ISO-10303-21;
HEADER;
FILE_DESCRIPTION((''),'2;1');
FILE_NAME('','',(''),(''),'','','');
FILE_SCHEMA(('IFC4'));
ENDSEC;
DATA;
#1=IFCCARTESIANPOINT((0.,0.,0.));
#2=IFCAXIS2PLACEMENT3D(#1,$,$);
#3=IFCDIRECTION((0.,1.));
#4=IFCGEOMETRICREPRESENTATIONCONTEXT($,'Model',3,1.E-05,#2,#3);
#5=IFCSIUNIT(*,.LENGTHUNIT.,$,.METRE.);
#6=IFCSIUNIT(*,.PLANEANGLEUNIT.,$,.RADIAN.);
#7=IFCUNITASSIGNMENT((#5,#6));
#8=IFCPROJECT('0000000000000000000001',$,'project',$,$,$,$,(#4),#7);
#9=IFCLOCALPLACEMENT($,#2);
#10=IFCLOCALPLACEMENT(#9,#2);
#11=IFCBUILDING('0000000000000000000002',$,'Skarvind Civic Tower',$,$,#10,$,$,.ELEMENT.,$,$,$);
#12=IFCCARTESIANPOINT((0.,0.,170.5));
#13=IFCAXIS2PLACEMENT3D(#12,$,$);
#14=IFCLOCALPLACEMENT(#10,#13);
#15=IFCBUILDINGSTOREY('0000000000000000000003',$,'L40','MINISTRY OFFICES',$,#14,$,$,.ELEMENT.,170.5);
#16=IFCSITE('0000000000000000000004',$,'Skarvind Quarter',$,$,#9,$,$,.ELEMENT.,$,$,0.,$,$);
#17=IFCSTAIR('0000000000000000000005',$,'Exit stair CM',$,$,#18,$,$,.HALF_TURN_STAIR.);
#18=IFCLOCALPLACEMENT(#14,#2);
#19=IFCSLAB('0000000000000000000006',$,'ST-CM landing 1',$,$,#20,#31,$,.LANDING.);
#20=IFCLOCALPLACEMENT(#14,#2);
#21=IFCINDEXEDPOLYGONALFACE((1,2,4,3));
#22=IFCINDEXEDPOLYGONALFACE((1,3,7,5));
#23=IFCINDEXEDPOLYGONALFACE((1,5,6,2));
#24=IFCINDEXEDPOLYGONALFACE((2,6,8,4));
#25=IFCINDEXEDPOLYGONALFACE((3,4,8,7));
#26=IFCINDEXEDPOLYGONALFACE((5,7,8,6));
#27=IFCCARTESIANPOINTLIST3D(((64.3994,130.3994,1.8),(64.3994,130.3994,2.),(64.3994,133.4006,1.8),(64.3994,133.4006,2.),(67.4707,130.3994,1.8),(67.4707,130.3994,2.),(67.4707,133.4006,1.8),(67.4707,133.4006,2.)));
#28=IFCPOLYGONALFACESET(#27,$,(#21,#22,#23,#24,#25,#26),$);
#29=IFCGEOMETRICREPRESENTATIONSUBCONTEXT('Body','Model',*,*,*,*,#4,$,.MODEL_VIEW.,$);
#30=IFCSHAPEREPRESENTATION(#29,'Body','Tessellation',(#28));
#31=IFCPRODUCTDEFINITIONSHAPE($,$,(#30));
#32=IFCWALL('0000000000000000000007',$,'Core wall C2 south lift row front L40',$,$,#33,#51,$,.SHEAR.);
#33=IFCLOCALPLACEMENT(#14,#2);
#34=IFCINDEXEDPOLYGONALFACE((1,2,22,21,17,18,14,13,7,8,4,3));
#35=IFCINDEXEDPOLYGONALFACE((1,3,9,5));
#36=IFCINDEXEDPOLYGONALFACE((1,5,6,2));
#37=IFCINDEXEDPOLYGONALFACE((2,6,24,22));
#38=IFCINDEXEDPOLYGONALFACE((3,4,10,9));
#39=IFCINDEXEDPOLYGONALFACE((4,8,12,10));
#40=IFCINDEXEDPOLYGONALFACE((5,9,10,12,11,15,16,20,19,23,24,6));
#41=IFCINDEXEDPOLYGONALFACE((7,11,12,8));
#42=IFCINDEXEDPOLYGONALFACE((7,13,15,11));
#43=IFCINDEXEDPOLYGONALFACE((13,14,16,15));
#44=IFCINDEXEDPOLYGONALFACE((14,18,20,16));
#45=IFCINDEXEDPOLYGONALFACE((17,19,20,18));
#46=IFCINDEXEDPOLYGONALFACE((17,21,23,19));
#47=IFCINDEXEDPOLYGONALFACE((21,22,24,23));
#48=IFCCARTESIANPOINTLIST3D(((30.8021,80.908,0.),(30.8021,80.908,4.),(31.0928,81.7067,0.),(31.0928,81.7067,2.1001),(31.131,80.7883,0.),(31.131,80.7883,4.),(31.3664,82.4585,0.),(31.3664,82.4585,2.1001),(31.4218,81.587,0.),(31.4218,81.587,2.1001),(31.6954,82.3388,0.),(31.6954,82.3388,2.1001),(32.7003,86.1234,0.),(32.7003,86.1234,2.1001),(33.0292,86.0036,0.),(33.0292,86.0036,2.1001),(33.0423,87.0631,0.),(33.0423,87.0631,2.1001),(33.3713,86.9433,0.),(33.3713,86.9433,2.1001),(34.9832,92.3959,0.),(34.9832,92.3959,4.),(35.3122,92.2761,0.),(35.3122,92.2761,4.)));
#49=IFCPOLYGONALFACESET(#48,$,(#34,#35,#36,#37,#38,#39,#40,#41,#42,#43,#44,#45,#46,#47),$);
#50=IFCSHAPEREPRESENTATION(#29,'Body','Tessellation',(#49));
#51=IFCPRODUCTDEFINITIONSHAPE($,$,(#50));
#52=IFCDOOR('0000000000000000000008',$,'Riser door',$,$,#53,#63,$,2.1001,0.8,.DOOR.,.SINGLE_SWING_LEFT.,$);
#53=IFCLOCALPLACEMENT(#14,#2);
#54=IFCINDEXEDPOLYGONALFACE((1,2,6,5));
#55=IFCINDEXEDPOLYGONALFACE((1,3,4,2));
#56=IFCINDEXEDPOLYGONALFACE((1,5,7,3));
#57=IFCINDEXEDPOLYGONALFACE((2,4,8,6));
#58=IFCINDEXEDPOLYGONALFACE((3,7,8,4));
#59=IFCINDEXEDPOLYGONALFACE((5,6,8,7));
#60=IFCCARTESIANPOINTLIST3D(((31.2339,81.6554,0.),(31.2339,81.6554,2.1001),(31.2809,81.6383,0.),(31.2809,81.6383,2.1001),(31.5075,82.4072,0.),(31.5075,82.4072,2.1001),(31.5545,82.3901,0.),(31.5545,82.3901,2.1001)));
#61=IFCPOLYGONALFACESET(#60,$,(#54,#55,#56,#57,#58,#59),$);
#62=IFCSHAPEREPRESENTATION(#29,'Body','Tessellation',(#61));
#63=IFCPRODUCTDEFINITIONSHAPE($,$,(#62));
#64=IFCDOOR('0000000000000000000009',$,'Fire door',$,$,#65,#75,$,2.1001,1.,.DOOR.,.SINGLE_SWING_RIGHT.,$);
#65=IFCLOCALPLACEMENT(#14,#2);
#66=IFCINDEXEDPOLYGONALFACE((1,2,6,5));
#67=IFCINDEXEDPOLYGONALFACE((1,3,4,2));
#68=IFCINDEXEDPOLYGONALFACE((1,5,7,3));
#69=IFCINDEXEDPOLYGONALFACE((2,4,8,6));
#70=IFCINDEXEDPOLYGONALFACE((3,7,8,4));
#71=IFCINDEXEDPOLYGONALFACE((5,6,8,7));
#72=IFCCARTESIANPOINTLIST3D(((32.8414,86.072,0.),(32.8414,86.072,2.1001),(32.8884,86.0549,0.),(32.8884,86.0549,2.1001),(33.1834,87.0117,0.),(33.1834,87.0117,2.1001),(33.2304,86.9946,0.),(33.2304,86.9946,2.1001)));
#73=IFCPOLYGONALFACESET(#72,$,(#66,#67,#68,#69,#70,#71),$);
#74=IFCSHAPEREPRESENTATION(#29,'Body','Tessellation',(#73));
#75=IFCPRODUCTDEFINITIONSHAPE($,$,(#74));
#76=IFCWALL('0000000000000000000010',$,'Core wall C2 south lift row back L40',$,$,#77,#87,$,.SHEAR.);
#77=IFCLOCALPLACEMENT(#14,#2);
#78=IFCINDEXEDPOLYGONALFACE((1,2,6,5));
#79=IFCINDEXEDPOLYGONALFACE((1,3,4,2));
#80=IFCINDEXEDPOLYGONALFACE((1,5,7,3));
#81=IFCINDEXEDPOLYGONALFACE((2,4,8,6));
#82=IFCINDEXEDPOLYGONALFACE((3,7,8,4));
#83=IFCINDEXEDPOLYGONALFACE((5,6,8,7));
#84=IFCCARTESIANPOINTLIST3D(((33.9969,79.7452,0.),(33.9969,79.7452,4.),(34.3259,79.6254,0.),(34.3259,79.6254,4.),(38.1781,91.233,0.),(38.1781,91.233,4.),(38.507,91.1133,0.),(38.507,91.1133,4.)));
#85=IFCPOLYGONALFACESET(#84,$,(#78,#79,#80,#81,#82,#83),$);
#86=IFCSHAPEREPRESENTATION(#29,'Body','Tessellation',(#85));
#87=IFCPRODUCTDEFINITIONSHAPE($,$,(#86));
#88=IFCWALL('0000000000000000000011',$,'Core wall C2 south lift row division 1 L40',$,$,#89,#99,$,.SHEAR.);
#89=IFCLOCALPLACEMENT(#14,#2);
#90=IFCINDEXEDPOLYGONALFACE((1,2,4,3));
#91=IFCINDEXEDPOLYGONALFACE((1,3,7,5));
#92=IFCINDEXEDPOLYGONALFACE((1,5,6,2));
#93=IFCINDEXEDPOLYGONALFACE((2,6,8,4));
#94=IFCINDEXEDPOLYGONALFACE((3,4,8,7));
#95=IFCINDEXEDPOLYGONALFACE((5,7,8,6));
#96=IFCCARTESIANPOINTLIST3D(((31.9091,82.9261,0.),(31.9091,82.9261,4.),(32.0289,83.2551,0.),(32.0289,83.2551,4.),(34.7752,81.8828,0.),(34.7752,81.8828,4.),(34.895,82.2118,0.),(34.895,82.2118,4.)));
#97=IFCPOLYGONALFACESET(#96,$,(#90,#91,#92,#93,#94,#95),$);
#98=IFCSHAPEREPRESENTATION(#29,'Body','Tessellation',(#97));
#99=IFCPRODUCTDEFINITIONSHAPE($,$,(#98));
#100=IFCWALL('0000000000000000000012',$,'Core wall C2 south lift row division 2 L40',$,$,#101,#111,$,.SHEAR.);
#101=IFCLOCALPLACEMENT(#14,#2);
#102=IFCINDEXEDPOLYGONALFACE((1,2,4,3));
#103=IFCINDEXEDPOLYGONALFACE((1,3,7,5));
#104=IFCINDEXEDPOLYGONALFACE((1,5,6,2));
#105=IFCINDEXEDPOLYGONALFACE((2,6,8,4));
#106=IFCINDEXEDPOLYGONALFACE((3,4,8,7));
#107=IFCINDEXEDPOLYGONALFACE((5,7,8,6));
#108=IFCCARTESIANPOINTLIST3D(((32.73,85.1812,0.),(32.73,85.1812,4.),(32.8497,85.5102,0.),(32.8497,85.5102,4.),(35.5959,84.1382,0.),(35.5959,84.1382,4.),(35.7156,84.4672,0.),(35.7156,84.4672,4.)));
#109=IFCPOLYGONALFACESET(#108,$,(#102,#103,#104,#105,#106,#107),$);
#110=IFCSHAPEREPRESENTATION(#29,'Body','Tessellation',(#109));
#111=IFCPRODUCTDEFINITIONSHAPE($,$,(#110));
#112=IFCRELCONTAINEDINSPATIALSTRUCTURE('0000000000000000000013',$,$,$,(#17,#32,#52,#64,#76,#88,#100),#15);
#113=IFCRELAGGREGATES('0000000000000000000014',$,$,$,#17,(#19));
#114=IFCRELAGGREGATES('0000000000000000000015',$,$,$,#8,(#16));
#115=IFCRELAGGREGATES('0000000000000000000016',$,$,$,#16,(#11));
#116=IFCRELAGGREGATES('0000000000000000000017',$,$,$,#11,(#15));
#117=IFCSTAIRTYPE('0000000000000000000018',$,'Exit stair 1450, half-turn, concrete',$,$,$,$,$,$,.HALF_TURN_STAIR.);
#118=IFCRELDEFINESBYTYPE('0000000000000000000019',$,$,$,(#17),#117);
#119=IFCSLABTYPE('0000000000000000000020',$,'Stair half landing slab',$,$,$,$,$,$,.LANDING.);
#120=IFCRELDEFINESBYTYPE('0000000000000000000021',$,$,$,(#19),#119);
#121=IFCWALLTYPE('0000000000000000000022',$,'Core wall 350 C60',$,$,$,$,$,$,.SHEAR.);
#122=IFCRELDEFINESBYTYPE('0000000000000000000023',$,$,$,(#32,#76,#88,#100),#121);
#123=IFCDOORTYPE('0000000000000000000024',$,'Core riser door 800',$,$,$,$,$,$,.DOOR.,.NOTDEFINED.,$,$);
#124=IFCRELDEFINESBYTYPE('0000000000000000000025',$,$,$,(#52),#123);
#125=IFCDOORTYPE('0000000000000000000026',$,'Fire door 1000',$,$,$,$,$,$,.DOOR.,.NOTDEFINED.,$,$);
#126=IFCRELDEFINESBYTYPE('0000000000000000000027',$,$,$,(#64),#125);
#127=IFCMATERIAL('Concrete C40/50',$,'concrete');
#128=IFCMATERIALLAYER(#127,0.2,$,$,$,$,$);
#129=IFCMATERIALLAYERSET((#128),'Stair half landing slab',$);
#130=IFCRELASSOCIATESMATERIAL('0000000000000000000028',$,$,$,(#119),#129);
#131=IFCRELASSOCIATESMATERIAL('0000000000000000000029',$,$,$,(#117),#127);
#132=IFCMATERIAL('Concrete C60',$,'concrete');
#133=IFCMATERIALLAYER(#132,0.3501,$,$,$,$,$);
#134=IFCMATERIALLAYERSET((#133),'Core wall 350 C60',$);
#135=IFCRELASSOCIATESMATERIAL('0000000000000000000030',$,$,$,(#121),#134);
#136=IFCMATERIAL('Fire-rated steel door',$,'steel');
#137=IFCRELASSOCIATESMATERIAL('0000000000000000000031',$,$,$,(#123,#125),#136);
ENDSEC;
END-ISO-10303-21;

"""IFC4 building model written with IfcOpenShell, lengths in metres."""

from ifc_helpers import new_model, si_unit, direction, frame, frame_2d, origin, place, context, subcontext, project, spatial, polyline, rectangle, outline, extrude, material, layer, layer_set, type_object, element, fill, aggregate, save


model = new_model("IFC4")

# Units and contexts
model_context = context("Model", 3, precision=1e-05, world=origin(), true_north=direction((0.0, 1.0)))
body_context = subcontext(model_context, "Body", "Model", "MODEL_VIEW")
ifc_project = project(units=[si_unit("LENGTHUNIT", "METRE"), si_unit("PLANEANGLEUNIT", "RADIAN")], contexts=[model_context])

# Site, building, storey
site_placement = place(None, origin())
site = spatial("IfcSite", under=ifc_project, at=site_placement, Name="Skarvind Quarter", CompositionType="ELEMENT", RefElevation=0.0)
building_placement = place(site_placement, origin())
building = spatial("IfcBuilding", under=site, at=building_placement, Name="Skarvind Civic Tower", CompositionType="ELEMENT")
storey_placement = place(building_placement, frame((0.0, 0.0, 170.5)))
storey = spatial("IfcBuildingStorey", under=building, at=storey_placement, Name="L40", Description="MINISTRY OFFICES", CompositionType="ELEMENT", Elevation=170.5)

# Shared definitions
ifc_material_1 = material(Name="Concrete C40/50", Category="concrete")

# Stair, slab
ifc_layer_1 = layer(ifc_material_1, 0.2)
ifc_layer_set_1 = layer_set([ifc_layer_1], Name="Stair half landing slab")
slab_type_1 = type_object("IfcSlabType", Name="Stair half landing slab", PredefinedType="LANDING", material=ifc_layer_set_1)
stair_type_1 = type_object("IfcStairType", Name="Exit stair 1450, half-turn, concrete", PredefinedType="HALF_TURN_STAIR", material=ifc_material_1)
stair_1_placement = place(storey_placement, origin())
stair_1 = element("IfcStair", 1, at=stair_1_placement, inside=storey, type_object=stair_type_1, Name="Exit stair CM", PredefinedType="HALF_TURN_STAIR")
slab_1_placement = place(storey_placement, frame((0.0, 0.0, 1.8)))
slab_1 = element("IfcSlab", 2, at=slab_1_placement, type_object=slab_type_1, Name="ST-CM landing 1", PredefinedType="LANDING", context=body_context, shape_type="SweptSolid", body=[
    extrude(outline(polyline([(67.4707, 133.4006), (67.4707, 130.3994), (64.3994, 130.3994), (64.3994, 133.4006), (67.4707, 133.4006)])), origin(), (0.0, 0.0, 1.0), 0.2),
])
aggregate(stair_1, [slab_1])

# Wall, openings, doors
ifc_material_2 = material(Name="Concrete C60", Category="concrete")
ifc_layer_2 = layer(ifc_material_2, 0.3501)
ifc_layer_set_2 = layer_set([ifc_layer_2], Name="Core wall 350 C60")
wall_type_1 = type_object("IfcWallType", Name="Core wall 350 C60", PredefinedType="SHEAR", material=ifc_layer_set_2)
wall_1_placement = place(storey_placement, frame((30.9666, 80.8481, 0.0), z_axis=(0.0, 0.0, 1.0), x_axis=(0.342016, 0.939694, 0.0)))
wall_1 = element("IfcWall", 3, at=wall_1_placement, inside=storey, type_object=wall_type_1, Name="Core wall C2 south lift row front L40", PredefinedType="SHEAR", context=body_context, shape_type="SweptSolid", body=[
    extrude(rectangle(XDim=12.2251, YDim=0.3501, at=frame_2d((6.1125, 0.0))), origin(), (0.0, 0.0, 1.0), 4.0),
])
opening_1_placement = place(wall_1_placement, frame((0.8501, 0.0, 0.0)))
opening_1 = element("IfcOpeningElement", 4, at=opening_1_placement, cuts=wall_1, PredefinedType="OPENING", context=body_context, shape_type="SweptSolid", body=[
    extrude(rectangle(XDim=0.8, YDim=2.1001, at=frame_2d((0.3999, 1.05))), frame((0.0, 0.1851, 0.0), z_axis=(0.0, -1.0, 0.0), x_axis=(1.0, 0.0, 0.0)), (0.0, 0.0, 1.0), 0.3701),
])
opening_2_placement = place(wall_1_placement, frame((5.55, 0.0, 0.0)))
opening_2 = element("IfcOpeningElement", 5, at=opening_2_placement, cuts=wall_1, PredefinedType="OPENING", context=body_context, shape_type="SweptSolid", body=[
    extrude(rectangle(XDim=1.0, YDim=2.1001, at=frame_2d((0.5, 1.05))), frame((0.0, 0.1851, 0.0), z_axis=(0.0, -1.0, 0.0), x_axis=(1.0, 0.0, 0.0)), (0.0, 0.0, 1.0), 0.3701),
])
ifc_material_3 = material(Name="Fire-rated steel door", Category="steel")
door_type_1 = type_object("IfcDoorType", Name="Core riser door 800", OperationType="NOTDEFINED", PredefinedType="DOOR", material=ifc_material_3)
door_1_placement = place(opening_1_placement, origin())
door_1 = element("IfcDoor", 6, at=door_1_placement, inside=storey, type_object=door_type_1, Name="Riser door", OperationType="SINGLE_SWING_LEFT", OverallHeight=2.1001, OverallWidth=0.8, PredefinedType="DOOR", context=body_context, shape_type="SweptSolid", body=[
    extrude(rectangle(XDim=0.8, YDim=2.1001, at=frame_2d((0.3999, 1.05))), frame((0.0, 0.0249, 0.0), z_axis=(0.0, -1.0, 0.0), x_axis=(1.0, 0.0, 0.0)), (0.0, 0.0, 1.0), 0.05),
])
fill(opening_1, door_1)
door_type_2 = type_object("IfcDoorType", Name="Fire door 1000", OperationType="NOTDEFINED", PredefinedType="DOOR", material=ifc_material_3)
door_2_placement = place(opening_2_placement, origin())
door_2 = element("IfcDoor", 7, at=door_2_placement, inside=storey, type_object=door_type_2, Name="Fire door", OperationType="SINGLE_SWING_RIGHT", OverallHeight=2.1001, OverallWidth=1.0, PredefinedType="DOOR", context=body_context, shape_type="SweptSolid", body=[
    extrude(rectangle(XDim=1.0, YDim=2.1001, at=frame_2d((0.5, 1.05))), frame((0.0, 0.0249, 0.0), z_axis=(0.0, -1.0, 0.0), x_axis=(1.0, 0.0, 0.0)), (0.0, 0.0, 1.0), 0.05),
])
fill(opening_2, door_2)

# Walls
wall_2_placement = place(storey_placement, frame((34.1614, 79.6853, 0.0), z_axis=(0.0, 0.0, 1.0), x_axis=(0.342016, 0.939694, 0.0)))
element("IfcWall", 8, at=wall_2_placement, inside=storey, type_object=wall_type_1, Name="Core wall C2 south lift row back L40", PredefinedType="SHEAR", context=body_context, shape_type="SweptSolid", body=[
    extrude(rectangle(XDim=12.2251, YDim=0.3501, at=frame_2d((6.1125, 0.0))), origin(), (0.0, 0.0, 1.0), 4.0),
])
wall_3_placement = place(storey_placement, frame((34.835, 82.0474, 0.0), z_axis=(0.0, 0.0, 1.0), x_axis=(-0.939684, 0.342045, 0.0)))
element("IfcWall", 9, at=wall_3_placement, inside=storey, type_object=wall_type_1, Name="Core wall C2 south lift row division 1 L40", PredefinedType="SHEAR", context=body_context, shape_type="SweptSolid", body=[
    extrude(rectangle(XDim=3.05, YDim=0.3501, at=frame_2d((1.5249, 0.0))), origin(), (0.0, 0.0, 1.0), 4.0),
])
wall_4_placement = place(storey_placement, frame((35.6558, 84.3027, 0.0), z_axis=(0.0, 0.0, 1.0), x_axis=(-0.939709, 0.341974, 0.0)))
element("IfcWall", 10, at=wall_4_placement, inside=storey, type_object=wall_type_1, Name="Core wall C2 south lift row division 2 L40", PredefinedType="SHEAR", context=body_context, shape_type="SweptSolid", body=[
    extrude(rectangle(XDim=3.0498, YDim=0.3501, at=frame_2d((1.5249, 0.0))), origin(), (0.0, 0.0, 1.0), 4.0),
])

save(model, "model.ifc")
